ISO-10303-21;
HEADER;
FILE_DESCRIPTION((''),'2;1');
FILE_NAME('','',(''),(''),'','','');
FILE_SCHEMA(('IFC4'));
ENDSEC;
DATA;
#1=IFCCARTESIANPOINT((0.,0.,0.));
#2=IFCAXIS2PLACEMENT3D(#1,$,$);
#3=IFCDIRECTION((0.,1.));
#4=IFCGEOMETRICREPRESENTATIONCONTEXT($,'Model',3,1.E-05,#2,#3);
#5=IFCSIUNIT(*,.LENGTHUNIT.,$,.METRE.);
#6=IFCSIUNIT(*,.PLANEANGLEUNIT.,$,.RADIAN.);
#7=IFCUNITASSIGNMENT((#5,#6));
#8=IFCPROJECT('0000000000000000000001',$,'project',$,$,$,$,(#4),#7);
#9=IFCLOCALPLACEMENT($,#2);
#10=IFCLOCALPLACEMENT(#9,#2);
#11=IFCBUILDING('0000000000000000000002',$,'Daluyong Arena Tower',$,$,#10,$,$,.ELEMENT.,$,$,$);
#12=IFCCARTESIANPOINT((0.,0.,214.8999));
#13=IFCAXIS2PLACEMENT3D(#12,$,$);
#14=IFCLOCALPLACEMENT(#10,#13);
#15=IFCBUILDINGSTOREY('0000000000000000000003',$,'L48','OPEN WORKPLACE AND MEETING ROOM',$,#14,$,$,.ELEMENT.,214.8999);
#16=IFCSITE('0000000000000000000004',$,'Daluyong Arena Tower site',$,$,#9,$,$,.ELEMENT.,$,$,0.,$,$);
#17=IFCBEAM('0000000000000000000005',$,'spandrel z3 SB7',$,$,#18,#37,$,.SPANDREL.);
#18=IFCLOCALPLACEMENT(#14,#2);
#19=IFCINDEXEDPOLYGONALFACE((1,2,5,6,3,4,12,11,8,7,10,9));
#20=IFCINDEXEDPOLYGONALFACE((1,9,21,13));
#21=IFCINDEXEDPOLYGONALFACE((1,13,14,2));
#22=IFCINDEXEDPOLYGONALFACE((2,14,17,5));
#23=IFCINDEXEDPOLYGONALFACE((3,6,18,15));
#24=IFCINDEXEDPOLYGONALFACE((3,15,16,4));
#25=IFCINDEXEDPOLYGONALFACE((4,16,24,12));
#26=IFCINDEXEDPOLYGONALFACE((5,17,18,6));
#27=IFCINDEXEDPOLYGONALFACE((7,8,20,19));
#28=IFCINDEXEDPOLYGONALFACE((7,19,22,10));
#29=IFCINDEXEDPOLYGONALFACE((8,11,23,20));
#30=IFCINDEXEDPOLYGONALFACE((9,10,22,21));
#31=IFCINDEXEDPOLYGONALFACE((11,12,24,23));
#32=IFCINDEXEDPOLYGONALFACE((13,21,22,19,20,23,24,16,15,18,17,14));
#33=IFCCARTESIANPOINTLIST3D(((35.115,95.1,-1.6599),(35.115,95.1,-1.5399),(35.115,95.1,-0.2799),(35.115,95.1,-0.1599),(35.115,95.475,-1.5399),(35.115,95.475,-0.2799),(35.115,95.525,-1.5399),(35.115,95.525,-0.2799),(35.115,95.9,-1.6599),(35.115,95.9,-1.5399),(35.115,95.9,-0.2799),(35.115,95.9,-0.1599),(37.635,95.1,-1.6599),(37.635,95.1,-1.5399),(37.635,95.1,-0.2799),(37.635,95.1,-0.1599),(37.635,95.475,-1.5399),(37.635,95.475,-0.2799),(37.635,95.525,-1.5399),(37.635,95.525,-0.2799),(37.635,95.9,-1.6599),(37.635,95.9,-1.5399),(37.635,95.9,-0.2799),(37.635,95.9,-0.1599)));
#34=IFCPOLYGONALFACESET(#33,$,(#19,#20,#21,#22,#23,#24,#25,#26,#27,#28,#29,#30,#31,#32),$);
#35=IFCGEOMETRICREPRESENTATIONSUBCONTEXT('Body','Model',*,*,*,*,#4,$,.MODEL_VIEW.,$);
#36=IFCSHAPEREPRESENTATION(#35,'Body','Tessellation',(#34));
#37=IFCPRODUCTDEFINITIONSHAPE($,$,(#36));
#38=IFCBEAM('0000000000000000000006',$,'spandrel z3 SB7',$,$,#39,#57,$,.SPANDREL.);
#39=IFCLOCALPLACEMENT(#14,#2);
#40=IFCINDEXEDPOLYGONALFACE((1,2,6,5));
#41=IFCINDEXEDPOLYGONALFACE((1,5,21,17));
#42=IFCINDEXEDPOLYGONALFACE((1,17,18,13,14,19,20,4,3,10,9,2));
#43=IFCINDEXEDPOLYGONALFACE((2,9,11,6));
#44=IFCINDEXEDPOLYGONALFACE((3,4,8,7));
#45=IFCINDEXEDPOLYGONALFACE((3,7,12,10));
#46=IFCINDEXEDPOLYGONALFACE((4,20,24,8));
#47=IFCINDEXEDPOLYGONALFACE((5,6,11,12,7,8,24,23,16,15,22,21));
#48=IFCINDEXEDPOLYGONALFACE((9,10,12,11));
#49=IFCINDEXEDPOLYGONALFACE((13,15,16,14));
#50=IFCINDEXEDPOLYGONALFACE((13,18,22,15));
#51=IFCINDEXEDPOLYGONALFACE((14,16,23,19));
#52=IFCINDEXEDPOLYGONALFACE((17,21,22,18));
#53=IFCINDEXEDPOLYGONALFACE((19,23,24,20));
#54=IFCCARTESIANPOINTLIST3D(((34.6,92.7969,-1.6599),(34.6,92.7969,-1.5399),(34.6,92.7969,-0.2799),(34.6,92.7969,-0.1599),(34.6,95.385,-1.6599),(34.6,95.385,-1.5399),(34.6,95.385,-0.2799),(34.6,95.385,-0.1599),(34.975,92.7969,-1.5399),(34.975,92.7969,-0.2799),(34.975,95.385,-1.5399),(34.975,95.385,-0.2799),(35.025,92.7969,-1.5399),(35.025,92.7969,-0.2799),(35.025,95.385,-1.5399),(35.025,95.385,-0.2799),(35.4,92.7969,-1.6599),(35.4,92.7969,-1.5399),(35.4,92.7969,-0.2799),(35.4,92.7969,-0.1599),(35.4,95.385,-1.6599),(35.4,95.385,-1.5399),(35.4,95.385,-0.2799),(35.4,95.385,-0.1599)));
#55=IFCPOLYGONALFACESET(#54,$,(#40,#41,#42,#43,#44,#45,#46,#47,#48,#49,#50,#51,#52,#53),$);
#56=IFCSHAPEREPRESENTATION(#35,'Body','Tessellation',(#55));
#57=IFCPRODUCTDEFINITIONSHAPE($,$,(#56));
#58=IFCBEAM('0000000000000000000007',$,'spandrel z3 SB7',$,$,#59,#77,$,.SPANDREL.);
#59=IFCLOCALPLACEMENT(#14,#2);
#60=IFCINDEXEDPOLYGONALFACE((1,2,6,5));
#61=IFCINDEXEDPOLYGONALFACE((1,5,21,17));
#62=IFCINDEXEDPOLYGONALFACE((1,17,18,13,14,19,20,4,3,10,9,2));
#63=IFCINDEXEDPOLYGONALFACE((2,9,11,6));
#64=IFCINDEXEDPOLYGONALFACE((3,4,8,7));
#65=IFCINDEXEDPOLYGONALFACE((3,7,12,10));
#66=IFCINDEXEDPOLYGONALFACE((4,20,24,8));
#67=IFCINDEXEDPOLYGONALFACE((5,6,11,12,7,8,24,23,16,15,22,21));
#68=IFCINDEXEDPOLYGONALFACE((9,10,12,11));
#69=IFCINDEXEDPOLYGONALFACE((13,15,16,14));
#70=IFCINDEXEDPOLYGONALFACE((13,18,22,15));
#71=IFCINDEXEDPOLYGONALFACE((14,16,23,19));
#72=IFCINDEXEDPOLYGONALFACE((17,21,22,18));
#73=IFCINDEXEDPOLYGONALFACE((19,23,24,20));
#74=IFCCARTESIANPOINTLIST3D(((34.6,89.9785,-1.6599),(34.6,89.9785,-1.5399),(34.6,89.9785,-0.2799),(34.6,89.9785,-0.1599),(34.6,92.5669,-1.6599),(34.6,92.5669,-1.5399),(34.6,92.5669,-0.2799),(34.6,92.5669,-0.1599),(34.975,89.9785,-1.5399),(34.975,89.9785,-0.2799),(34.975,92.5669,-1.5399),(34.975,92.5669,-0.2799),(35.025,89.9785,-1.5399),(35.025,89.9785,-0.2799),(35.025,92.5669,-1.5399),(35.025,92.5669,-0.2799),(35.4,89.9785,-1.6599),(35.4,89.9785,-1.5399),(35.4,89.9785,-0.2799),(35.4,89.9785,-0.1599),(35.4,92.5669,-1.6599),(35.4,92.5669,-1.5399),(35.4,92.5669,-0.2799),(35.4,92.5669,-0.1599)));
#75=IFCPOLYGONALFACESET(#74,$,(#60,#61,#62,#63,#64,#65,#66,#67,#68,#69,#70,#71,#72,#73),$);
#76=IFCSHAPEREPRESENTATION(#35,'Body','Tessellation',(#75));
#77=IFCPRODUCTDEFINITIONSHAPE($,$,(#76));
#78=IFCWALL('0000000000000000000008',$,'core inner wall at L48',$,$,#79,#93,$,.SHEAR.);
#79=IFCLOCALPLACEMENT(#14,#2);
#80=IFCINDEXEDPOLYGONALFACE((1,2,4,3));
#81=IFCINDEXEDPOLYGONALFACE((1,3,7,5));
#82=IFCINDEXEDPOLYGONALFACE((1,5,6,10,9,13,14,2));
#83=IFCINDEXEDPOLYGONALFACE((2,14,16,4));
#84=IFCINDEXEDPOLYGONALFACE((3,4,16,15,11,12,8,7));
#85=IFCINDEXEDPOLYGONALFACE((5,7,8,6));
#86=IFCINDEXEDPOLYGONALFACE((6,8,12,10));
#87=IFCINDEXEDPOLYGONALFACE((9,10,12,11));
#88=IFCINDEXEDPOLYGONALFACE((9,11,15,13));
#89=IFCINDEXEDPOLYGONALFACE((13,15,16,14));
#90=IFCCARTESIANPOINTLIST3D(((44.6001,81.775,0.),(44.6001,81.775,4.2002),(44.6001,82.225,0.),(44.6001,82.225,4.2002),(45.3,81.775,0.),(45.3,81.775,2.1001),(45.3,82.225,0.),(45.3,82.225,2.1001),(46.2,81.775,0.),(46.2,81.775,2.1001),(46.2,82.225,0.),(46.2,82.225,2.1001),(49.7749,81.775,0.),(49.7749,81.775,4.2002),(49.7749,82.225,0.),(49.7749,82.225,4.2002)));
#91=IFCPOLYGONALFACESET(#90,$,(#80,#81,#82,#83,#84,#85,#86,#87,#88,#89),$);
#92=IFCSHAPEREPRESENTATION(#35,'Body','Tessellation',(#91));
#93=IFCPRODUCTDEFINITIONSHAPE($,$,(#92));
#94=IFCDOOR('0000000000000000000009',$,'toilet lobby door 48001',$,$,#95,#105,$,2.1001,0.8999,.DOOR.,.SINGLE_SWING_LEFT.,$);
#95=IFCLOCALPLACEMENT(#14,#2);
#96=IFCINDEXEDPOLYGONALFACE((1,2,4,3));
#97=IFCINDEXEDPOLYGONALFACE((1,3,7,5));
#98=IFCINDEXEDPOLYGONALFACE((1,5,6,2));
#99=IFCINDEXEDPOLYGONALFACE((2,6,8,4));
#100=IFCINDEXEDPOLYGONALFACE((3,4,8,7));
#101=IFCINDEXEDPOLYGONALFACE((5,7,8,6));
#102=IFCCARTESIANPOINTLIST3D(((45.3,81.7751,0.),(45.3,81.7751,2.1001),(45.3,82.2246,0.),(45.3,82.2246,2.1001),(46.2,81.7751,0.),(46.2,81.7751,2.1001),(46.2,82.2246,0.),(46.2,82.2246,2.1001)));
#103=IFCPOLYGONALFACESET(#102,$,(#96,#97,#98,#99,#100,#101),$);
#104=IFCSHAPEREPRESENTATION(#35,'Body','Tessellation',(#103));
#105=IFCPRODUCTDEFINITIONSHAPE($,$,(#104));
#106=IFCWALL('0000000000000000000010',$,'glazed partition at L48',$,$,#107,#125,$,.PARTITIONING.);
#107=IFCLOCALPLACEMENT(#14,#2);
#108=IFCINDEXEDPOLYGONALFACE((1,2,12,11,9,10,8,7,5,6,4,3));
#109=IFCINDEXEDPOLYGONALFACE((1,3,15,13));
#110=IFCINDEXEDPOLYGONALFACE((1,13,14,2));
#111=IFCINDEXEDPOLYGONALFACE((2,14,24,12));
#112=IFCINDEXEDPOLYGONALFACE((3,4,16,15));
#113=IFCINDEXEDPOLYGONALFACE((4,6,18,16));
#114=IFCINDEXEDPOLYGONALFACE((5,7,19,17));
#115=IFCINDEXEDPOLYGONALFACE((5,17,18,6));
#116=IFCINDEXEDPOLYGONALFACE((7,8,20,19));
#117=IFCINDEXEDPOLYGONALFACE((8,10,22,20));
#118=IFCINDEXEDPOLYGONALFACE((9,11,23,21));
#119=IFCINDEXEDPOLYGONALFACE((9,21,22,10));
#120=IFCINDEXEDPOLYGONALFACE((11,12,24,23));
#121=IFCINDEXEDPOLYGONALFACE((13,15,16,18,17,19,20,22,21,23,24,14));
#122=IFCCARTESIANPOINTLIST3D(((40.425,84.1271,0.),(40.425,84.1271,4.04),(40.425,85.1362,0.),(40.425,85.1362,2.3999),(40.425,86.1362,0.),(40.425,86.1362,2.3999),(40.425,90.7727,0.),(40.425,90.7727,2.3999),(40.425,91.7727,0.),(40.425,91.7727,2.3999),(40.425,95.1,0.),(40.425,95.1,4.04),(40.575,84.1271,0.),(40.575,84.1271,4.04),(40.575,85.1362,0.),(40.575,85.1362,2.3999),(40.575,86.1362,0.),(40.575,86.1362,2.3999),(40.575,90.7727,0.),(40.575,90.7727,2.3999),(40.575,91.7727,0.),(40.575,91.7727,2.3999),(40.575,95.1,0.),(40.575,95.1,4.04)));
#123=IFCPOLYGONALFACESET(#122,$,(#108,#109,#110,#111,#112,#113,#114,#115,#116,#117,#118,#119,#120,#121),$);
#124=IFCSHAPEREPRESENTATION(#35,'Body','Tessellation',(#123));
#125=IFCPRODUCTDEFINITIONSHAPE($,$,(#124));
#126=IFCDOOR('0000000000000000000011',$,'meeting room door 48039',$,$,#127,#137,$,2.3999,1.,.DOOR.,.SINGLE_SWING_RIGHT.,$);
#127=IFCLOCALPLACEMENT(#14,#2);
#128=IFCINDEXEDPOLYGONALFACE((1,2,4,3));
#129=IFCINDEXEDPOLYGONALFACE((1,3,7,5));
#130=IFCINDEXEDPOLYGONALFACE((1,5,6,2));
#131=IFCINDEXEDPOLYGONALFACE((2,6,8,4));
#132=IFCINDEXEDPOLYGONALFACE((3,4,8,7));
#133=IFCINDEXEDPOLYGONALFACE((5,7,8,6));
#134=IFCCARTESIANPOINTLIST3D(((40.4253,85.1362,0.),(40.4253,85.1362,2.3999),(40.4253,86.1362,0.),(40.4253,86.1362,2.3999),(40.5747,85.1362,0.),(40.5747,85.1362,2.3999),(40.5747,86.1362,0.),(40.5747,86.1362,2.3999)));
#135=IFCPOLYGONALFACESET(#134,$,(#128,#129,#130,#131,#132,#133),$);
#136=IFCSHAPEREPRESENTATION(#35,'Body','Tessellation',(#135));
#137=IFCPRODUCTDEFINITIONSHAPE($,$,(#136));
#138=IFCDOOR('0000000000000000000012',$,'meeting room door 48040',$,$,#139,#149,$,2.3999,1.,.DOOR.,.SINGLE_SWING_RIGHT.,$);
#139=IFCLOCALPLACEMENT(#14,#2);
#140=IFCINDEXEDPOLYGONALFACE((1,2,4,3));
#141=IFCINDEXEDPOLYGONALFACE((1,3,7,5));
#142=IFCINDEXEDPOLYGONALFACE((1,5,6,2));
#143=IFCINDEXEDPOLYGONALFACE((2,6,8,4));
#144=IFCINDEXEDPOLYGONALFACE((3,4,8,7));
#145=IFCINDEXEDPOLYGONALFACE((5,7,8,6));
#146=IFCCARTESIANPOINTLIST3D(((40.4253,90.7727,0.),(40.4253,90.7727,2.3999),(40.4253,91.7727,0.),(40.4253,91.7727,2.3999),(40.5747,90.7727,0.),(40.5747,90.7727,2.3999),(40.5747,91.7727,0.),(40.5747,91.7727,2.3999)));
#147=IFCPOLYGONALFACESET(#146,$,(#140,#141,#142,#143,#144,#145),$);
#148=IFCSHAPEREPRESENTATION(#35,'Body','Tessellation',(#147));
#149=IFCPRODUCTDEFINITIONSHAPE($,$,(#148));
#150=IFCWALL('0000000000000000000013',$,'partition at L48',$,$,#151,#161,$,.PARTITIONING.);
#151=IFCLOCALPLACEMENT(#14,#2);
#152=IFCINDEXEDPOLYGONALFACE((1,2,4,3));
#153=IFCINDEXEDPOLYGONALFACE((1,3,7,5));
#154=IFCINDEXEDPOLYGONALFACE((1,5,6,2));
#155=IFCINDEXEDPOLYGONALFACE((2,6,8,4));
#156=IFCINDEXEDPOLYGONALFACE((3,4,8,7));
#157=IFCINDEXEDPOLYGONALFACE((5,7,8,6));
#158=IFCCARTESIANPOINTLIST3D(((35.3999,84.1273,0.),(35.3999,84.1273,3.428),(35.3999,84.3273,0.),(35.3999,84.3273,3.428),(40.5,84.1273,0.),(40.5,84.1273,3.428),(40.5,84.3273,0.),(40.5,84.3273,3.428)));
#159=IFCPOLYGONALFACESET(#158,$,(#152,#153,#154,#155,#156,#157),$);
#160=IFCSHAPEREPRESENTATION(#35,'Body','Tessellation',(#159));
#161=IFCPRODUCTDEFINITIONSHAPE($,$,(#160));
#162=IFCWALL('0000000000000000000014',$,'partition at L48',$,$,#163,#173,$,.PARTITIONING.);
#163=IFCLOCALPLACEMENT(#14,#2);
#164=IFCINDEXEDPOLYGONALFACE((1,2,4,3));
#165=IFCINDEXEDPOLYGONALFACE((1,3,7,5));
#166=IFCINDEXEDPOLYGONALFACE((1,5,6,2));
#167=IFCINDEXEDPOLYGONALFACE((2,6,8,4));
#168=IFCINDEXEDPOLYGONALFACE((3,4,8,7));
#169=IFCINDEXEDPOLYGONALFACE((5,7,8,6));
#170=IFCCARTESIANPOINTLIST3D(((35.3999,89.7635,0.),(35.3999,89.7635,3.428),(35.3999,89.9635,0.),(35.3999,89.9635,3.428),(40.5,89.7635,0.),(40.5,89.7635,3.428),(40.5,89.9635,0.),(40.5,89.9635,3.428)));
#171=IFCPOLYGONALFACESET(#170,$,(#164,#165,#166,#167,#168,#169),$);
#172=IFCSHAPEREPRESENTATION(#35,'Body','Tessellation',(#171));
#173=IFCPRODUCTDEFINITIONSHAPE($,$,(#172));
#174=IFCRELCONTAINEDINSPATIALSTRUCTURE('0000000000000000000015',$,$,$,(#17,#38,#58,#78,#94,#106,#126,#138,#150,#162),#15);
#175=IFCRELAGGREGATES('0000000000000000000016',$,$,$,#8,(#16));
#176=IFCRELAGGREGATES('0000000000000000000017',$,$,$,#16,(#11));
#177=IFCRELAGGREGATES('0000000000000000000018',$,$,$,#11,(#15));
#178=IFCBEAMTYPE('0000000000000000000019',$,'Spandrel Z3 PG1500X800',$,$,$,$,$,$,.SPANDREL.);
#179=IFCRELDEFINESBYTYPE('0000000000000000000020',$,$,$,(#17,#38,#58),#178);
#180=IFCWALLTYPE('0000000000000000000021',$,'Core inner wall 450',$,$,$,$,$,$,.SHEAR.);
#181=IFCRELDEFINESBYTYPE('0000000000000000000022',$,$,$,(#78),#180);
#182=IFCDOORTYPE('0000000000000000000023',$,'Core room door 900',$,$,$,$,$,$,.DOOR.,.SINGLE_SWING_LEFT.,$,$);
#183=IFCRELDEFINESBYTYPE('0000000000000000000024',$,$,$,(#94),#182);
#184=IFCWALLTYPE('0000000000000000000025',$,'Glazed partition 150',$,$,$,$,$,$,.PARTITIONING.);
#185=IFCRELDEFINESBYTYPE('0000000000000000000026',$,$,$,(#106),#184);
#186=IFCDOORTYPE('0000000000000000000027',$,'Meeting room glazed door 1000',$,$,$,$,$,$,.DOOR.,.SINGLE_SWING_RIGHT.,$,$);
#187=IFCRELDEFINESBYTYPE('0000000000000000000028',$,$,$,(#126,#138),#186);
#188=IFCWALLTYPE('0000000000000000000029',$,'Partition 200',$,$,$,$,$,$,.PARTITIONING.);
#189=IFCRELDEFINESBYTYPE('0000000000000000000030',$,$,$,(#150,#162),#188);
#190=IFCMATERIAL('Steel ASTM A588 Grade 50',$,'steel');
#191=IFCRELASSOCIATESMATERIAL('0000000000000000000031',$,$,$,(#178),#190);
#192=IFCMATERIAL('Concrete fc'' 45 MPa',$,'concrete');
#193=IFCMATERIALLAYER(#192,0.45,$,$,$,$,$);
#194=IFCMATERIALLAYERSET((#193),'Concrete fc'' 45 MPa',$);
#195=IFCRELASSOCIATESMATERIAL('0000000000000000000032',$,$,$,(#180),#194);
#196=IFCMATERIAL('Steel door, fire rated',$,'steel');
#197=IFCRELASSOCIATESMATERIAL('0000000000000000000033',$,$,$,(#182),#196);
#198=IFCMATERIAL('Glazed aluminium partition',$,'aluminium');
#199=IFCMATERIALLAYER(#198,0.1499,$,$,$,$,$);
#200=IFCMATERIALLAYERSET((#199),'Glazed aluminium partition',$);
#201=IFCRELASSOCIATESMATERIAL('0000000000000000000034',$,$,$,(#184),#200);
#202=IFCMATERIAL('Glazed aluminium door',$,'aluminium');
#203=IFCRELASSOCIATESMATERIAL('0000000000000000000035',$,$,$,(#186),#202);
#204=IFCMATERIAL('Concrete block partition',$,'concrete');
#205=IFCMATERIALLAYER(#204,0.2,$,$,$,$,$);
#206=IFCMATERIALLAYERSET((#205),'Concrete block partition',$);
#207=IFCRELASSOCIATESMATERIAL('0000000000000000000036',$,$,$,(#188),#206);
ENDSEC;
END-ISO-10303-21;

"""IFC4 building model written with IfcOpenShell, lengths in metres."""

from ifc_helpers import new_model, si_unit, direction, frame, frame_2d, origin, origin_2d, place, context, subcontext, project, spatial, rectangle, i_section, extrude, material, layer, layer_set, material_profile, profile_set, type_object, element, fill, save


model = new_model("IFC4")

# Units and contexts
model_context = context("Model", 3, precision=1e-05, world=origin(), true_north=direction((0.0, 1.0)))
body_context = subcontext(model_context, "Body", "Model", "MODEL_VIEW")
ifc_project = project(units=[si_unit("LENGTHUNIT", "METRE"), si_unit("PLANEANGLEUNIT", "RADIAN")], contexts=[model_context])

# Site, building, storey
site_placement = place(None, origin())
site = spatial("IfcSite", under=ifc_project, at=site_placement, Name="Daluyong Arena Tower site", CompositionType="ELEMENT", RefElevation=0.0)
building_placement = place(site_placement, origin())
building = spatial("IfcBuilding", under=site, at=building_placement, Name="Daluyong Arena Tower", CompositionType="ELEMENT")
storey_placement = place(building_placement, frame((0.0, 0.0, 214.8999)))
storey = spatial("IfcBuildingStorey", under=building, at=storey_placement, Name="L48", Description="OPEN WORKPLACE AND MEETING ROOM", CompositionType="ELEMENT", Elevation=214.8999)

# Beams
ifc_material_1 = material(Name="Steel ASTM A588 Grade 50", Category="steel")
ifc_material_profile_1 = material_profile(ifc_material_1, i_section(OverallWidth=0.8, OverallDepth=1.5, WebThickness=0.05, FlangeThickness=0.12, at=origin_2d()))
ifc_profile_set_1 = profile_set([ifc_material_profile_1], Name="Steel ASTM A588 Grade 50")
beam_type_1 = type_object("IfcBeamType", Name="Spandrel Z3 PG1500X800", PredefinedType="SPANDREL", material=ifc_profile_set_1)
beam_1_placement = place(storey_placement, frame((37.635, 95.5, -0.9099), z_axis=(-1.0, 0.0, 0.0), x_axis=(0.0, -1.0, 0.0)))
element("IfcBeam", 1, at=beam_1_placement, inside=storey, type_object=beam_type_1, Name="spandrel z3 SB7", PredefinedType="SPANDREL", context=body_context, shape_type="SweptSolid", body=[
    extrude(i_section(OverallWidth=0.8, OverallDepth=1.5, WebThickness=0.05, FlangeThickness=0.12, at=origin_2d()), origin(), (0.0, 0.0, 1.0), 2.52),
])
beam_2_placement = place(storey_placement, frame((35.0, 95.385, -0.9099), z_axis=(0.0, -1.0, 0.0), x_axis=(1.0, 0.0, 0.0)))
element("IfcBeam", 2, at=beam_2_placement, inside=storey, type_object=beam_type_1, Name="spandrel z3 SB7", PredefinedType="SPANDREL", context=body_context, shape_type="SweptSolid", body=[
    extrude(i_section(OverallWidth=0.8, OverallDepth=1.5, WebThickness=0.05, FlangeThickness=0.12, at=origin_2d()), origin(), (0.0, 0.0, 1.0), 2.5881),
])
beam_3_placement = place(storey_placement, frame((35.0, 92.5669, -0.9099), z_axis=(0.0, -1.0, 0.0), x_axis=(1.0, 0.0, 0.0)))
element("IfcBeam", 3, at=beam_3_placement, inside=storey, type_object=beam_type_1, Name="spandrel z3 SB7", PredefinedType="SPANDREL", context=body_context, shape_type="SweptSolid", body=[
    extrude(i_section(OverallWidth=0.8, OverallDepth=1.5, WebThickness=0.05, FlangeThickness=0.12, at=origin_2d()), origin(), (0.0, 0.0, 1.0), 2.5884),
])

# Wall, opening, door
ifc_material_2 = material(Name="Concrete fc' 45 MPa", Category="concrete")
ifc_layer_1 = layer(ifc_material_2, 0.45)
ifc_layer_set_1 = layer_set([ifc_layer_1], Name="Concrete fc' 45 MPa")
wall_type_1 = type_object("IfcWallType", Name="Core inner wall 450", PredefinedType="SHEAR", material=ifc_layer_set_1)
wall_1_placement = place(storey_placement, frame((44.6001, 82.0, 0.0), z_axis=(0.0, 0.0, 1.0), x_axis=(1.0, 0.0, 0.0)))
wall_1 = element("IfcWall", 4, at=wall_1_placement, inside=storey, type_object=wall_type_1, Name="core inner wall at L48", PredefinedType="SHEAR", context=body_context, shape_type="SweptSolid", body=[
    extrude(rectangle(XDim=5.1748, YDim=0.45, at=frame_2d((2.5874, 0.0))), origin(), (0.0, 0.0, 1.0), 4.2002),
])
opening_1_placement = place(wall_1_placement, frame((0.7, 0.0, 0.0)))
opening_1 = element("IfcOpeningElement", 5, at=opening_1_placement, cuts=wall_1, PredefinedType="OPENING", context=body_context, shape_type="SweptSolid", body=[
    extrude(rectangle(XDim=0.8999, YDim=2.1001, at=frame_2d((0.45, 1.05))), frame((0.0, 0.2349, 0.0), z_axis=(0.0, -1.0, 0.0), x_axis=(1.0, 0.0, 0.0)), (0.0, 0.0, 1.0), 0.47),
])
ifc_material_3 = material(Name="Steel door, fire rated", Category="steel")
door_type_1 = type_object("IfcDoorType", Name="Core room door 900", OperationType="SINGLE_SWING_LEFT", PredefinedType="DOOR", material=ifc_material_3)
door_1_placement = place(opening_1_placement, origin())
door_1 = element("IfcDoor", 6, at=door_1_placement, inside=storey, type_object=door_type_1, Name="toilet lobby door 48001", OperationType="SINGLE_SWING_LEFT", OverallHeight=2.1001, OverallWidth=0.8999, PredefinedType="DOOR", context=body_context, shape_type="SweptSolid", body=[
    extrude(rectangle(XDim=0.8999, YDim=2.1001, at=frame_2d((0.45, 1.05))), frame((0.0, 0.2246, 0.0), z_axis=(0.0, -1.0, 0.0), x_axis=(1.0, 0.0, 0.0)), (0.0, 0.0, 1.0), 0.4495),
])
fill(opening_1, door_1)

# Wall, openings, doors
ifc_material_4 = material(Name="Glazed aluminium partition", Category="aluminium")
ifc_layer_2 = layer(ifc_material_4, 0.1499)
ifc_layer_set_2 = layer_set([ifc_layer_2], Name="Glazed aluminium partition")
wall_type_2 = type_object("IfcWallType", Name="Glazed partition 150", PredefinedType="PARTITIONING", material=ifc_layer_set_2)
wall_2_placement = place(storey_placement, frame((40.5, 84.1272, 0.0), z_axis=(0.0, 0.0, 1.0), x_axis=(0.0, 1.0, 0.0)))
wall_2 = element("IfcWall", 7, at=wall_2_placement, inside=storey, type_object=wall_type_2, Name="glazed partition at L48", PredefinedType="PARTITIONING", context=body_context, shape_type="SweptSolid", body=[
    extrude(rectangle(XDim=10.9729, YDim=0.1499, at=frame_2d((5.4863, 0.0))), origin(), (0.0, 0.0, 1.0), 4.04),
])
opening_2_placement = place(wall_2_placement, frame((1.009, 0.0, 0.0)))
opening_2 = element("IfcOpeningElement", 8, at=opening_2_placement, cuts=wall_2, PredefinedType="OPENING", context=body_context, shape_type="SweptSolid", body=[
    extrude(rectangle(XDim=1.0, YDim=2.3999, at=frame_2d((0.5, 1.2))), frame((0.0, 0.085, 0.0), z_axis=(0.0, -1.0, 0.0), x_axis=(1.0, 0.0, 0.0)), (0.0, 0.0, 1.0), 0.1699),
])
opening_3_placement = place(wall_2_placement, frame((6.6455, 0.0, 0.0)))
opening_3 = element("IfcOpeningElement", 9, at=opening_3_placement, cuts=wall_2, PredefinedType="OPENING", context=body_context, shape_type="SweptSolid", body=[
    extrude(rectangle(XDim=1.0, YDim=2.3999, at=frame_2d((0.5, 1.2))), frame((0.0, 0.085, 0.0), z_axis=(0.0, -1.0, 0.0), x_axis=(1.0, 0.0, 0.0)), (0.0, 0.0, 1.0), 0.1699),
])
ifc_material_5 = material(Name="Glazed aluminium door", Category="aluminium")
door_type_2 = type_object("IfcDoorType", Name="Meeting room glazed door 1000", OperationType="SINGLE_SWING_RIGHT", PredefinedType="DOOR", material=ifc_material_5)
door_2_placement = place(opening_2_placement, origin())
door_2 = element("IfcDoor", 10, at=door_2_placement, inside=storey, type_object=door_type_2, Name="meeting room door 48039", OperationType="SINGLE_SWING_RIGHT", OverallHeight=2.3999, OverallWidth=1.0, PredefinedType="DOOR", context=body_context, shape_type="SweptSolid", body=[
    extrude(rectangle(XDim=1.0, YDim=2.3999, at=frame_2d((0.5, 1.2))), frame((0.0, 0.0747, 0.0), z_axis=(0.0, -1.0, 0.0), x_axis=(1.0, 0.0, 0.0)), (0.0, 0.0, 1.0), 0.1494),
])
fill(opening_2, door_2)
door_3_placement = place(opening_3_placement, origin())
door_3 = element("IfcDoor", 11, at=door_3_placement, inside=storey, type_object=door_type_2, Name="meeting room door 48040", OperationType="SINGLE_SWING_RIGHT", OverallHeight=2.3999, OverallWidth=1.0, PredefinedType="DOOR", context=body_context, shape_type="SweptSolid", body=[
    extrude(rectangle(XDim=1.0, YDim=2.3999, at=frame_2d((0.5, 1.2))), frame((0.0, 0.0747, 0.0), z_axis=(0.0, -1.0, 0.0), x_axis=(1.0, 0.0, 0.0)), (0.0, 0.0, 1.0), 0.1494),
])
fill(opening_3, door_3)

# Walls
ifc_material_6 = material(Name="Concrete block partition", Category="concrete")
ifc_layer_3 = layer(ifc_material_6, 0.2)
ifc_layer_set_3 = layer_set([ifc_layer_3], Name="Concrete block partition")
wall_type_3 = type_object("IfcWallType", Name="Partition 200", PredefinedType="PARTITIONING", material=ifc_layer_set_3)
for number, where, z_axis, x_axis, name in (
    (12, (35.3999, 84.2273, 0.0), (0.0, 0.0, 1.0), (1.0, 0.0, 0.0), "partition at L48"),
    (13, (35.3999, 89.8635, 0.0), (0.0, 0.0, 1.0), (1.0, 0.0, 0.0), "partition at L48"),
):
    element("IfcWall", number, at=place(storey_placement, frame(where, z_axis=z_axis, x_axis=x_axis)), inside=storey, type_object=wall_type_3, Name=name, PredefinedType="PARTITIONING", context=body_context, shape_type="SweptSolid", body=[
        extrude(rectangle(XDim=5.1001, YDim=0.2, at=frame_2d((2.55, 0.0))), origin(), (0.0, 0.0, 1.0), 3.428),
    ])

save(model, "model.ifc")
